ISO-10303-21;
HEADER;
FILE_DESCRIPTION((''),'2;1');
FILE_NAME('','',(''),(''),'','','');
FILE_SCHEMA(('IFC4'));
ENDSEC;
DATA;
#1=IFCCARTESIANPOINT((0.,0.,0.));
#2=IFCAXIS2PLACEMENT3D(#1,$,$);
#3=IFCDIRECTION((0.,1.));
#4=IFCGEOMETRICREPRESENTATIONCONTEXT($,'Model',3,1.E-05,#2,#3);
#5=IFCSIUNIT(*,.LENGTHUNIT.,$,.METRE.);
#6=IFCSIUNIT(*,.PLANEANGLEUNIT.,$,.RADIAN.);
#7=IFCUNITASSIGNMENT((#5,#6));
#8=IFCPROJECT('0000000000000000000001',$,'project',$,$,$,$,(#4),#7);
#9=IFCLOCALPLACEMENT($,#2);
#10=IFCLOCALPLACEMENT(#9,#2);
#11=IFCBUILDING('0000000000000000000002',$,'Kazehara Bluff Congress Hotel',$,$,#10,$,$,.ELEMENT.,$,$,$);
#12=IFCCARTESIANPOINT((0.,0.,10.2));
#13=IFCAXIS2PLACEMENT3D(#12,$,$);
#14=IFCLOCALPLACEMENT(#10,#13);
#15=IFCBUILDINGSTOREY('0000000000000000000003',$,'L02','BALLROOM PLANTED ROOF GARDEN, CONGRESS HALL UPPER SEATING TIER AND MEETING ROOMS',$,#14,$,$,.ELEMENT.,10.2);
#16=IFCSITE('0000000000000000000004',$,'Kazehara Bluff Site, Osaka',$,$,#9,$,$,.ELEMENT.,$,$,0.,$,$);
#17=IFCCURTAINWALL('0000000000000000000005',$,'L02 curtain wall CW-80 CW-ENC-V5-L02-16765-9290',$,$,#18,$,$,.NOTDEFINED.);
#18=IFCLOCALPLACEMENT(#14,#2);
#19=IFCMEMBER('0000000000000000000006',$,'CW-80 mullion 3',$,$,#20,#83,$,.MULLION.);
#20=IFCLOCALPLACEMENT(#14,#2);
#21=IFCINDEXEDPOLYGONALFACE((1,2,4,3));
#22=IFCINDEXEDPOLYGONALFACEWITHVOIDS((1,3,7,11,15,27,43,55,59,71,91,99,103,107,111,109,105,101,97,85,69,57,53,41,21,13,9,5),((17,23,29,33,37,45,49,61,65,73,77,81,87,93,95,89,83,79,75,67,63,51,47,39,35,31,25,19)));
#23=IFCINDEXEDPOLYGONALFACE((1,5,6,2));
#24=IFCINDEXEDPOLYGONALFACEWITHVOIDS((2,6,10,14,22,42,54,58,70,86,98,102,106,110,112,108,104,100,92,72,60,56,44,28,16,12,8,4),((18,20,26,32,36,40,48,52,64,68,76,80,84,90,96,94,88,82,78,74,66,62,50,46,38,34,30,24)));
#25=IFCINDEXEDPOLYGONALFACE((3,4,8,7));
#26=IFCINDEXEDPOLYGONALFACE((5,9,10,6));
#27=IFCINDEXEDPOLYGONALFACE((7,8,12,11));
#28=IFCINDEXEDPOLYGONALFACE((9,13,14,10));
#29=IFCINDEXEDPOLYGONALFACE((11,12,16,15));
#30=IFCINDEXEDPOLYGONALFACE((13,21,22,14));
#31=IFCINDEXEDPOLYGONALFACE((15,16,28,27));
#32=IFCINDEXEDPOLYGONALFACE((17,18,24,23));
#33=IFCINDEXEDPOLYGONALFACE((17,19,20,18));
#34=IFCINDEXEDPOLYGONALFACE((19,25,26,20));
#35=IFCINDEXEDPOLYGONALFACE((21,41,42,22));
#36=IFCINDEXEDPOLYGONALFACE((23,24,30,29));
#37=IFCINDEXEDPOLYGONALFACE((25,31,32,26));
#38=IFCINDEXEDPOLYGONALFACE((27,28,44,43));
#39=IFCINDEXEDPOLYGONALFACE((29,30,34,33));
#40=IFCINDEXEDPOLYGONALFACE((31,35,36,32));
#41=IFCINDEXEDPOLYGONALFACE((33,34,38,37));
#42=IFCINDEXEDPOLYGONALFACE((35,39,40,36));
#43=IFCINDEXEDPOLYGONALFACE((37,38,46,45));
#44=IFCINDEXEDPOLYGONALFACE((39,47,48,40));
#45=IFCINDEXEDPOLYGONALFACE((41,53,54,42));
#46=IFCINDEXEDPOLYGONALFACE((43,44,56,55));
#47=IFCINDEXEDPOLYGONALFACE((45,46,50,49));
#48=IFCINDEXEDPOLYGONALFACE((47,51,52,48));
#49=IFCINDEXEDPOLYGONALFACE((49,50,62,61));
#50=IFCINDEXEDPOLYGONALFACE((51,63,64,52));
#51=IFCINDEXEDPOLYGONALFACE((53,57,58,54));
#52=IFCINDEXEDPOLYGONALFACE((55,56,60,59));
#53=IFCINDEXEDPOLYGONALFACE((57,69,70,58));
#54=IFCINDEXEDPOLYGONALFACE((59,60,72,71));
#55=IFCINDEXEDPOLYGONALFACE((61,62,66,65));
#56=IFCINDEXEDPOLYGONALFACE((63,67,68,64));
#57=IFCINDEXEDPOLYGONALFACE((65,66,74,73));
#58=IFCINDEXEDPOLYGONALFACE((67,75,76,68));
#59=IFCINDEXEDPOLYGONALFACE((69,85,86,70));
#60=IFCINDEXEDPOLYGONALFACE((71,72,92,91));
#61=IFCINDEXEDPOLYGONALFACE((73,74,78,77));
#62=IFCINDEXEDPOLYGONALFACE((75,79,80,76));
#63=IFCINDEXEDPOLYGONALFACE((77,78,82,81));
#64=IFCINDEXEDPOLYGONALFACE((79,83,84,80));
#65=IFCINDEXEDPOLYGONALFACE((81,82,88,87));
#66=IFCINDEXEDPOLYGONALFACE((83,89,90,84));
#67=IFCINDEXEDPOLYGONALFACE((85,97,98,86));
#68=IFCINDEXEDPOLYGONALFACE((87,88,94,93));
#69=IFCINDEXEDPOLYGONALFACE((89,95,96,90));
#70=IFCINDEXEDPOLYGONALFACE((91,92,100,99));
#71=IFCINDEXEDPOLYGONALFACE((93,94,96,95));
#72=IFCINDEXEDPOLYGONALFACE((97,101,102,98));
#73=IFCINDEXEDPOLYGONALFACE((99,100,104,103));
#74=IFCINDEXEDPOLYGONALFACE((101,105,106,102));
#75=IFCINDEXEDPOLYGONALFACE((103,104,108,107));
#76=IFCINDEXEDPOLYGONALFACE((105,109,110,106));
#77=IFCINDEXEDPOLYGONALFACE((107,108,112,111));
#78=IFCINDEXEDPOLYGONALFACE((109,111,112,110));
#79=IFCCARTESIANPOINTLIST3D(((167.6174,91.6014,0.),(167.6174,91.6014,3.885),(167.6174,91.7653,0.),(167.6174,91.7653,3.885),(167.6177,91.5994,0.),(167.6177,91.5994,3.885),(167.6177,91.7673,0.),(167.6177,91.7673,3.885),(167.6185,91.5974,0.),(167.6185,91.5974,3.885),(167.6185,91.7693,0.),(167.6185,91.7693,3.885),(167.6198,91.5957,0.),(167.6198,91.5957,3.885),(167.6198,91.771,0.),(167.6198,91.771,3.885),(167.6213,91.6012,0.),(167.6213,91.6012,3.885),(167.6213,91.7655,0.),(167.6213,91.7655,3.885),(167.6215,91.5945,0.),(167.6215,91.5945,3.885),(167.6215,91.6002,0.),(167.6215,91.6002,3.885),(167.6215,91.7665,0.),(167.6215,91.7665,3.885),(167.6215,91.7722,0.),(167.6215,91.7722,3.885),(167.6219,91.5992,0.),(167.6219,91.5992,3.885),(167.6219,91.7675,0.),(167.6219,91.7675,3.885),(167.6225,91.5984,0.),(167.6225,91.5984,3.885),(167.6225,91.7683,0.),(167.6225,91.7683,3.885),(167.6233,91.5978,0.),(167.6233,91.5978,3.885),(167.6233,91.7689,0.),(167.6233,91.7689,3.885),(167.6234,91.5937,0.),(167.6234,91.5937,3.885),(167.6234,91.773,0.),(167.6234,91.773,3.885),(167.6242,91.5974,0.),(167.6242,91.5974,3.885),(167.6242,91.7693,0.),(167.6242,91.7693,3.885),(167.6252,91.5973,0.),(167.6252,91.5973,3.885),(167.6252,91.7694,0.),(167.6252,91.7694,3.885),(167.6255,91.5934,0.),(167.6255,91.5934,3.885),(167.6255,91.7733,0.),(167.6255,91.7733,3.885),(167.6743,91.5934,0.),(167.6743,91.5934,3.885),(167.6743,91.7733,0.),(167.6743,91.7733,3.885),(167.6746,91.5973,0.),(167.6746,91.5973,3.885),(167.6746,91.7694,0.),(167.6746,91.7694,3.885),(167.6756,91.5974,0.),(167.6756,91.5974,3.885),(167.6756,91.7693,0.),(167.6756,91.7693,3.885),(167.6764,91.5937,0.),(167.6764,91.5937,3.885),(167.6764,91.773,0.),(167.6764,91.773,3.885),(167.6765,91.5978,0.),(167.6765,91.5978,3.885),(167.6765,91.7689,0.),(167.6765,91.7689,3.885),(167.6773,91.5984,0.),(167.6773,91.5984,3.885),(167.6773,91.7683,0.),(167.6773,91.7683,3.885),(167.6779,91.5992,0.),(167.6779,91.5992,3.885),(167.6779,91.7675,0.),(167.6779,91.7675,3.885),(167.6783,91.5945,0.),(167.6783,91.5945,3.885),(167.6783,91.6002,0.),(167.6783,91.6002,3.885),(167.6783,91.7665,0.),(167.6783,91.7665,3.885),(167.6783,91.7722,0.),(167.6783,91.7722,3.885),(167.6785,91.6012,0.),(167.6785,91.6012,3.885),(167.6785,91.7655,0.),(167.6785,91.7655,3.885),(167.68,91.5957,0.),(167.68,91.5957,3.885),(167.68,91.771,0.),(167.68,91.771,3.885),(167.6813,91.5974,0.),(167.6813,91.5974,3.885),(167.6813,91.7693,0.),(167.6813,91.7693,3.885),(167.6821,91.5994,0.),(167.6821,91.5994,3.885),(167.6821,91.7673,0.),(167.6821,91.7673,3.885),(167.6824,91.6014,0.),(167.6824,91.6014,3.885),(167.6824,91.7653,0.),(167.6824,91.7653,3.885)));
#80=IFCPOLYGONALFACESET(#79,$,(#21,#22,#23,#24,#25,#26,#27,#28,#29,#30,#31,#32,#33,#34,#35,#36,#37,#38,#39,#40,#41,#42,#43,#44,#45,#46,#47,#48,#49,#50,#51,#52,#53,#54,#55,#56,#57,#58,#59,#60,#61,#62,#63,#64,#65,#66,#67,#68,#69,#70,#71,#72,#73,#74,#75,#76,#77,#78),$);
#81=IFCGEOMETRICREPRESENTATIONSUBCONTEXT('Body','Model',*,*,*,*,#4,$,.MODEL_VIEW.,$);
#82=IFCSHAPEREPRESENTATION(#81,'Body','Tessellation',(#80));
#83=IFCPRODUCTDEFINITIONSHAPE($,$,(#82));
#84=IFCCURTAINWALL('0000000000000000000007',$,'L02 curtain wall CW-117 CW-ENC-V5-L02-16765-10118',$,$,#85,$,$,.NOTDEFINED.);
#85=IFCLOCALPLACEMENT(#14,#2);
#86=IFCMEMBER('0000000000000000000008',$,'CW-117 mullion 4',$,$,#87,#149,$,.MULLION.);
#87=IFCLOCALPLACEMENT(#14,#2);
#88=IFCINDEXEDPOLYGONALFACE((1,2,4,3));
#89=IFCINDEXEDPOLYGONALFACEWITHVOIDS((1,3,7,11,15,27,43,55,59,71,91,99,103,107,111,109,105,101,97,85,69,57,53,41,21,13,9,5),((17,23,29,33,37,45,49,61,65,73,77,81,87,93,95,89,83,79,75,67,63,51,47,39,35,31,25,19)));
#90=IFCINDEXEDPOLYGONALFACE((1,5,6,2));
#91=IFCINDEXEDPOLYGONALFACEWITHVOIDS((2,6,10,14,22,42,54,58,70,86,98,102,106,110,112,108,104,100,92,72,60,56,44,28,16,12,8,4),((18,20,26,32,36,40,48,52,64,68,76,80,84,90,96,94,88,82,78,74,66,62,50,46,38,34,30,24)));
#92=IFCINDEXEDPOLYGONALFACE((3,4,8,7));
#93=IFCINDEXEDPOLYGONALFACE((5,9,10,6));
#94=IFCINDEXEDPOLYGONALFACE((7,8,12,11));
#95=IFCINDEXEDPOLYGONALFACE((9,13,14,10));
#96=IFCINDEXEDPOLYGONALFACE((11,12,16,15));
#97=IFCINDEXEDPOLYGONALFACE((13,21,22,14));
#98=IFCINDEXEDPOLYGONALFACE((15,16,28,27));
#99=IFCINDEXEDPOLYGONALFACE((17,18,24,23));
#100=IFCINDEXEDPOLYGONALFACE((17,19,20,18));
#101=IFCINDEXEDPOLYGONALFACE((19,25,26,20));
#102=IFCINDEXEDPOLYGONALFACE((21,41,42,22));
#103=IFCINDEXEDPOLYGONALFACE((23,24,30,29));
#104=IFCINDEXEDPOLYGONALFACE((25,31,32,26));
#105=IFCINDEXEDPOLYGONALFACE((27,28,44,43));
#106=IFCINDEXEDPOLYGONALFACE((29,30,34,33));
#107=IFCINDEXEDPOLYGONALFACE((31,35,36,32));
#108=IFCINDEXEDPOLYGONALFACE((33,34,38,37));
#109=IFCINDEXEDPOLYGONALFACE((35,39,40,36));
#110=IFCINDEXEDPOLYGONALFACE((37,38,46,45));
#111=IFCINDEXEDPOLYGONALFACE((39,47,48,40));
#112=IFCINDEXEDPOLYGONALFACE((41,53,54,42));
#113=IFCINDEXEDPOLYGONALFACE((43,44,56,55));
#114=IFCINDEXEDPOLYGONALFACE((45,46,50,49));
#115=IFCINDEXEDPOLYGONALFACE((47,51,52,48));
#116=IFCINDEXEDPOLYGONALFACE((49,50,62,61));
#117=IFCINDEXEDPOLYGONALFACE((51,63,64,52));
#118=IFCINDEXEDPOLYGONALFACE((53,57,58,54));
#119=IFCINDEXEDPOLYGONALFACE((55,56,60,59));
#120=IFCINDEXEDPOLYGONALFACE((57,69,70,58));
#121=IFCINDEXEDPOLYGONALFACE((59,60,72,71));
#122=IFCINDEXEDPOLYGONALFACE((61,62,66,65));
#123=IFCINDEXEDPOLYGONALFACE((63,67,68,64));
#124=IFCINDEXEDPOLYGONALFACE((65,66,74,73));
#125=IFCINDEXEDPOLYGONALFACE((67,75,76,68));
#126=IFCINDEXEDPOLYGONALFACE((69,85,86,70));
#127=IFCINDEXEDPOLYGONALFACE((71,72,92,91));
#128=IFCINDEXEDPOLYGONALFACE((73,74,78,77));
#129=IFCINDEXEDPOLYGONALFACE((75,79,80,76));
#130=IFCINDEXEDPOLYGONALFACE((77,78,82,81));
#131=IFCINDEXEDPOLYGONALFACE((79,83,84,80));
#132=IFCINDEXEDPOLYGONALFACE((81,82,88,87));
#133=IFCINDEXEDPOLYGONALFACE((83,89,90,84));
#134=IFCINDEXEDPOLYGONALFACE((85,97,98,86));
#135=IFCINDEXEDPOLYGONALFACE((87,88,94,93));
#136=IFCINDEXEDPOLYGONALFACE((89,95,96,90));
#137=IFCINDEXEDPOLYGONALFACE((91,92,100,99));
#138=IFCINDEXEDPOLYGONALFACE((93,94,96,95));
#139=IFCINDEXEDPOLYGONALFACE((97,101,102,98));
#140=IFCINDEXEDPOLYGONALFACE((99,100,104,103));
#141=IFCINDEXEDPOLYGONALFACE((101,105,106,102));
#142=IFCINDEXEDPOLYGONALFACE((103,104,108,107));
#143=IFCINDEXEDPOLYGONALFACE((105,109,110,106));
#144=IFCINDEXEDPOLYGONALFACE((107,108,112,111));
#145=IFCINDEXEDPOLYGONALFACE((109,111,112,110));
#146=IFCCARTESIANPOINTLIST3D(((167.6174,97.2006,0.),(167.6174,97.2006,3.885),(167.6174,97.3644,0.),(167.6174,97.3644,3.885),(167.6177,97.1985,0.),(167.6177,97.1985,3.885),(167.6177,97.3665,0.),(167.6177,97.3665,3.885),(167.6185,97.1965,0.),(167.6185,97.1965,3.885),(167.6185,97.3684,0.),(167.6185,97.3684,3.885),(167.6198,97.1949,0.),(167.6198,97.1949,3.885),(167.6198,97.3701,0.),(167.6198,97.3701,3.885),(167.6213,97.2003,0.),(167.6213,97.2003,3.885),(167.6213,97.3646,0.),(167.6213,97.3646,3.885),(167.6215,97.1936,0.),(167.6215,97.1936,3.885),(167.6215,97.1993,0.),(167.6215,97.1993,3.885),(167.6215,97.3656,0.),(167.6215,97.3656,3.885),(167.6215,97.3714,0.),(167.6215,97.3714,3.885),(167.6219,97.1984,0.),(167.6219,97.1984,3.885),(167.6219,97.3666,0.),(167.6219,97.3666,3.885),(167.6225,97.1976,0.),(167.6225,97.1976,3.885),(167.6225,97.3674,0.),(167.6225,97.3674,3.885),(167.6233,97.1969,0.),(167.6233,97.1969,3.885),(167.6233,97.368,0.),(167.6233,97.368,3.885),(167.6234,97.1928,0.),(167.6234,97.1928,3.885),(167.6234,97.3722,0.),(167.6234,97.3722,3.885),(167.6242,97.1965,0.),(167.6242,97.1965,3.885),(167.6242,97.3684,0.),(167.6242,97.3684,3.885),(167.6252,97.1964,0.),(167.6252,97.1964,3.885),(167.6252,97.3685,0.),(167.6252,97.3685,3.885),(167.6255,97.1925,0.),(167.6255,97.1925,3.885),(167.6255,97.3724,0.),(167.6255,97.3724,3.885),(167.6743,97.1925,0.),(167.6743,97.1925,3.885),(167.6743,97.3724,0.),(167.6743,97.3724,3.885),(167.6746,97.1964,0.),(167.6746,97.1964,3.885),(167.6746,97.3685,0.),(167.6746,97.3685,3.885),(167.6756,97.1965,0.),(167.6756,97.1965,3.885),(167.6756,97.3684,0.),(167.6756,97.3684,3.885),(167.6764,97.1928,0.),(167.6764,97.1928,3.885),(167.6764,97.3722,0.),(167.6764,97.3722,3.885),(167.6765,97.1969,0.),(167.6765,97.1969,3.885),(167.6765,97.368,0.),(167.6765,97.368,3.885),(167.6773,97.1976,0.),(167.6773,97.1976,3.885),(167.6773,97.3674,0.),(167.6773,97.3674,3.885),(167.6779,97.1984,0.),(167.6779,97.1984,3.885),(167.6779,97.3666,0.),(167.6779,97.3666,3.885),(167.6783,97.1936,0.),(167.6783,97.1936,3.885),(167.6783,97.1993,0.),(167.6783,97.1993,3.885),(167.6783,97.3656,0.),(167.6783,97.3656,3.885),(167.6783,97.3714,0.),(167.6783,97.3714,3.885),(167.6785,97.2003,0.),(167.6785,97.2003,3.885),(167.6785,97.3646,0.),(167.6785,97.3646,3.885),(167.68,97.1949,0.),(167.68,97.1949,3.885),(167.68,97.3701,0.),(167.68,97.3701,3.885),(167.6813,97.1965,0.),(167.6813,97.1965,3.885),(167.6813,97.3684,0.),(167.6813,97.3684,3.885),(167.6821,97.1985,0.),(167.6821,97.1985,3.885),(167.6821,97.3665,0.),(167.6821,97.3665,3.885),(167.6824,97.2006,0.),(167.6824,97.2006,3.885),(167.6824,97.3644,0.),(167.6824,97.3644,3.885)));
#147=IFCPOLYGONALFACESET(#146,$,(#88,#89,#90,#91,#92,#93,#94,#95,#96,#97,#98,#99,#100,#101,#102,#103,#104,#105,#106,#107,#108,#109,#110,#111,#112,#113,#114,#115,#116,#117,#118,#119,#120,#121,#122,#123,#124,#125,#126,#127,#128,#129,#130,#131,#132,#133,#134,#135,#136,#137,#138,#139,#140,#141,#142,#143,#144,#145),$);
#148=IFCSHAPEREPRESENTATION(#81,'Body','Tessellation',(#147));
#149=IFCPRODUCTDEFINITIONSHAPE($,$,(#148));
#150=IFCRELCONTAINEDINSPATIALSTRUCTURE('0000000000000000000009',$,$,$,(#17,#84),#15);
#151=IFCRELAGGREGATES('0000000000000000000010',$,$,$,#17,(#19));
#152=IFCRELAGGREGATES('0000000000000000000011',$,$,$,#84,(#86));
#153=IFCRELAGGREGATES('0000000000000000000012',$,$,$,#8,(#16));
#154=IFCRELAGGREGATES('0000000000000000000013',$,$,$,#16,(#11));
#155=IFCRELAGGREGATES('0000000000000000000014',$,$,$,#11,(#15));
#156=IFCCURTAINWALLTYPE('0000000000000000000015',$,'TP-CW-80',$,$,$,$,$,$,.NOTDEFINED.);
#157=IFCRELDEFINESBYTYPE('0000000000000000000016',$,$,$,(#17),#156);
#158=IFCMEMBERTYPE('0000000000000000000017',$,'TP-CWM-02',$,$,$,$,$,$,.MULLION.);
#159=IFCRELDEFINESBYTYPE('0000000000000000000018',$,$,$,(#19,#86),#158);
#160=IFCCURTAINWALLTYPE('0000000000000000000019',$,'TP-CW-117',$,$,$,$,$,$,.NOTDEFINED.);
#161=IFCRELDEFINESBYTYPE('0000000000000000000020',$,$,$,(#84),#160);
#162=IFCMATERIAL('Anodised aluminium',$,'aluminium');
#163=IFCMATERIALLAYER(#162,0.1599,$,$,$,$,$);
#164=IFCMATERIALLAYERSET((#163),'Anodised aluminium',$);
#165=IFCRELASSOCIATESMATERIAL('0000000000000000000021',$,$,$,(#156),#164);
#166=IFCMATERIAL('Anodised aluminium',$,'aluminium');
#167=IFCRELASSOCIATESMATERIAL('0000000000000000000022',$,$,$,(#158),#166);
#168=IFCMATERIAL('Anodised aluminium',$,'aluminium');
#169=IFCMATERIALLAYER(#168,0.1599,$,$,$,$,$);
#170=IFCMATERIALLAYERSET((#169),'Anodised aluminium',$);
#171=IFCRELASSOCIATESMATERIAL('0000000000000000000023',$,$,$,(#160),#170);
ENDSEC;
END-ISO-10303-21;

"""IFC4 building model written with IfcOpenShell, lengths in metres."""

from ifc_helpers import new_model, si_unit, direction, frame, origin, origin_2d, place, context, subcontext, project, spatial, hollow_rectangle, extrude, material, layer, layer_set, material_profile, profile_set, type_object, element, aggregate, save


model = new_model("IFC4")

# Units and contexts
model_context = context("Model", 3, precision=1e-05, world=origin(), true_north=direction((0.0, 1.0)))
body_context = subcontext(model_context, "Body", "Model", "MODEL_VIEW")
ifc_project = project(units=[si_unit("LENGTHUNIT", "METRE"), si_unit("PLANEANGLEUNIT", "RADIAN")], contexts=[model_context])

# Site, building, storey
site_placement = place(None, origin())
site = spatial("IfcSite", under=ifc_project, at=site_placement, Name="Kazehara Bluff Site, Osaka", CompositionType="ELEMENT", RefElevation=0.0)
building_placement = place(site_placement, origin())
building = spatial("IfcBuilding", under=site, at=building_placement, Name="Kazehara Bluff Congress Hotel", CompositionType="ELEMENT")
storey_placement = place(building_placement, frame((0.0, 0.0, 10.2)))
storey = spatial("IfcBuildingStorey", under=building, at=storey_placement, Name="L02", Description="BALLROOM PLANTED ROOF GARDEN, CONGRESS HALL UPPER SEATING TIER AND MEETING ROOMS", CompositionType="ELEMENT", Elevation=10.2)

# Curtain wall, member
ifc_material_1 = material(Name="Anodised aluminium", Category="aluminium")
ifc_layer_1 = layer(ifc_material_1, 0.1599)
ifc_layer_set_1 = layer_set([ifc_layer_1], Name="Anodised aluminium")
curtain_wall_type_1 = type_object("IfcCurtainWallType", Name="TP-CW-80", PredefinedType="NOTDEFINED", material=ifc_layer_set_1)
curtain_wall_1_placement = place(storey_placement, origin())
curtain_wall_1 = element("IfcCurtainWall", 1, at=curtain_wall_1_placement, inside=storey, type_object=curtain_wall_type_1, Name="L02 curtain wall CW-80 CW-ENC-V5-L02-16765-9290", PredefinedType="NOTDEFINED")
ifc_material_2 = material(Name="Anodised aluminium", Category="aluminium")
ifc_material_profile_1 = material_profile(ifc_material_2, hollow_rectangle(XDim=0.0649, YDim=0.1799, WallThickness=0.0039, InnerFilletRadius=0.0039, OuterFilletRadius=0.0081, at=origin_2d()))
ifc_profile_set_1 = profile_set([ifc_material_profile_1], Name="Anodised aluminium")
member_type_1 = type_object("IfcMemberType", Name="TP-CWM-02", PredefinedType="MULLION", material=ifc_profile_set_1)
member_1_placement = place(storey_placement, frame((167.6499, 91.6833, 0.0), z_axis=(0.0, 0.0, 1.0), x_axis=(1.0, 0.0, 0.0)))
member_1 = element("IfcMember", 2, at=member_1_placement, type_object=member_type_1, Name="CW-80 mullion 3", PredefinedType="MULLION", context=body_context, shape_type="SweptSolid", body=[
    extrude(hollow_rectangle(XDim=0.0649, YDim=0.1799, WallThickness=0.0039, InnerFilletRadius=0.0039, OuterFilletRadius=0.0081, at=origin_2d()), origin(), (0.0, 0.0, 1.0), 3.885),
])

# Curtain wall, member
ifc_material_3 = material(Name="Anodised aluminium", Category="aluminium")
ifc_layer_2 = layer(ifc_material_3, 0.1599)
ifc_layer_set_2 = layer_set([ifc_layer_2], Name="Anodised aluminium")
curtain_wall_type_2 = type_object("IfcCurtainWallType", Name="TP-CW-117", PredefinedType="NOTDEFINED", material=ifc_layer_set_2)
curtain_wall_2_placement = place(storey_placement, origin())
curtain_wall_2 = element("IfcCurtainWall", 3, at=curtain_wall_2_placement, inside=storey, type_object=curtain_wall_type_2, Name="L02 curtain wall CW-117 CW-ENC-V5-L02-16765-10118", PredefinedType="NOTDEFINED")
member_2_placement = place(storey_placement, frame((167.6499, 97.2825, 0.0), z_axis=(0.0, 0.0, 1.0), x_axis=(1.0, 0.0, 0.0)))
member_2 = element("IfcMember", 4, at=member_2_placement, type_object=member_type_1, Name="CW-117 mullion 4", PredefinedType="MULLION", context=body_context, shape_type="SweptSolid", body=[
    extrude(hollow_rectangle(XDim=0.0649, YDim=0.1799, WallThickness=0.0039, InnerFilletRadius=0.0039, OuterFilletRadius=0.0081, at=origin_2d()), origin(), (0.0, 0.0, 1.0), 3.885),
])

aggregate(curtain_wall_1, [member_1])
aggregate(curtain_wall_2, [member_2])

save(model, "model.ifc")
